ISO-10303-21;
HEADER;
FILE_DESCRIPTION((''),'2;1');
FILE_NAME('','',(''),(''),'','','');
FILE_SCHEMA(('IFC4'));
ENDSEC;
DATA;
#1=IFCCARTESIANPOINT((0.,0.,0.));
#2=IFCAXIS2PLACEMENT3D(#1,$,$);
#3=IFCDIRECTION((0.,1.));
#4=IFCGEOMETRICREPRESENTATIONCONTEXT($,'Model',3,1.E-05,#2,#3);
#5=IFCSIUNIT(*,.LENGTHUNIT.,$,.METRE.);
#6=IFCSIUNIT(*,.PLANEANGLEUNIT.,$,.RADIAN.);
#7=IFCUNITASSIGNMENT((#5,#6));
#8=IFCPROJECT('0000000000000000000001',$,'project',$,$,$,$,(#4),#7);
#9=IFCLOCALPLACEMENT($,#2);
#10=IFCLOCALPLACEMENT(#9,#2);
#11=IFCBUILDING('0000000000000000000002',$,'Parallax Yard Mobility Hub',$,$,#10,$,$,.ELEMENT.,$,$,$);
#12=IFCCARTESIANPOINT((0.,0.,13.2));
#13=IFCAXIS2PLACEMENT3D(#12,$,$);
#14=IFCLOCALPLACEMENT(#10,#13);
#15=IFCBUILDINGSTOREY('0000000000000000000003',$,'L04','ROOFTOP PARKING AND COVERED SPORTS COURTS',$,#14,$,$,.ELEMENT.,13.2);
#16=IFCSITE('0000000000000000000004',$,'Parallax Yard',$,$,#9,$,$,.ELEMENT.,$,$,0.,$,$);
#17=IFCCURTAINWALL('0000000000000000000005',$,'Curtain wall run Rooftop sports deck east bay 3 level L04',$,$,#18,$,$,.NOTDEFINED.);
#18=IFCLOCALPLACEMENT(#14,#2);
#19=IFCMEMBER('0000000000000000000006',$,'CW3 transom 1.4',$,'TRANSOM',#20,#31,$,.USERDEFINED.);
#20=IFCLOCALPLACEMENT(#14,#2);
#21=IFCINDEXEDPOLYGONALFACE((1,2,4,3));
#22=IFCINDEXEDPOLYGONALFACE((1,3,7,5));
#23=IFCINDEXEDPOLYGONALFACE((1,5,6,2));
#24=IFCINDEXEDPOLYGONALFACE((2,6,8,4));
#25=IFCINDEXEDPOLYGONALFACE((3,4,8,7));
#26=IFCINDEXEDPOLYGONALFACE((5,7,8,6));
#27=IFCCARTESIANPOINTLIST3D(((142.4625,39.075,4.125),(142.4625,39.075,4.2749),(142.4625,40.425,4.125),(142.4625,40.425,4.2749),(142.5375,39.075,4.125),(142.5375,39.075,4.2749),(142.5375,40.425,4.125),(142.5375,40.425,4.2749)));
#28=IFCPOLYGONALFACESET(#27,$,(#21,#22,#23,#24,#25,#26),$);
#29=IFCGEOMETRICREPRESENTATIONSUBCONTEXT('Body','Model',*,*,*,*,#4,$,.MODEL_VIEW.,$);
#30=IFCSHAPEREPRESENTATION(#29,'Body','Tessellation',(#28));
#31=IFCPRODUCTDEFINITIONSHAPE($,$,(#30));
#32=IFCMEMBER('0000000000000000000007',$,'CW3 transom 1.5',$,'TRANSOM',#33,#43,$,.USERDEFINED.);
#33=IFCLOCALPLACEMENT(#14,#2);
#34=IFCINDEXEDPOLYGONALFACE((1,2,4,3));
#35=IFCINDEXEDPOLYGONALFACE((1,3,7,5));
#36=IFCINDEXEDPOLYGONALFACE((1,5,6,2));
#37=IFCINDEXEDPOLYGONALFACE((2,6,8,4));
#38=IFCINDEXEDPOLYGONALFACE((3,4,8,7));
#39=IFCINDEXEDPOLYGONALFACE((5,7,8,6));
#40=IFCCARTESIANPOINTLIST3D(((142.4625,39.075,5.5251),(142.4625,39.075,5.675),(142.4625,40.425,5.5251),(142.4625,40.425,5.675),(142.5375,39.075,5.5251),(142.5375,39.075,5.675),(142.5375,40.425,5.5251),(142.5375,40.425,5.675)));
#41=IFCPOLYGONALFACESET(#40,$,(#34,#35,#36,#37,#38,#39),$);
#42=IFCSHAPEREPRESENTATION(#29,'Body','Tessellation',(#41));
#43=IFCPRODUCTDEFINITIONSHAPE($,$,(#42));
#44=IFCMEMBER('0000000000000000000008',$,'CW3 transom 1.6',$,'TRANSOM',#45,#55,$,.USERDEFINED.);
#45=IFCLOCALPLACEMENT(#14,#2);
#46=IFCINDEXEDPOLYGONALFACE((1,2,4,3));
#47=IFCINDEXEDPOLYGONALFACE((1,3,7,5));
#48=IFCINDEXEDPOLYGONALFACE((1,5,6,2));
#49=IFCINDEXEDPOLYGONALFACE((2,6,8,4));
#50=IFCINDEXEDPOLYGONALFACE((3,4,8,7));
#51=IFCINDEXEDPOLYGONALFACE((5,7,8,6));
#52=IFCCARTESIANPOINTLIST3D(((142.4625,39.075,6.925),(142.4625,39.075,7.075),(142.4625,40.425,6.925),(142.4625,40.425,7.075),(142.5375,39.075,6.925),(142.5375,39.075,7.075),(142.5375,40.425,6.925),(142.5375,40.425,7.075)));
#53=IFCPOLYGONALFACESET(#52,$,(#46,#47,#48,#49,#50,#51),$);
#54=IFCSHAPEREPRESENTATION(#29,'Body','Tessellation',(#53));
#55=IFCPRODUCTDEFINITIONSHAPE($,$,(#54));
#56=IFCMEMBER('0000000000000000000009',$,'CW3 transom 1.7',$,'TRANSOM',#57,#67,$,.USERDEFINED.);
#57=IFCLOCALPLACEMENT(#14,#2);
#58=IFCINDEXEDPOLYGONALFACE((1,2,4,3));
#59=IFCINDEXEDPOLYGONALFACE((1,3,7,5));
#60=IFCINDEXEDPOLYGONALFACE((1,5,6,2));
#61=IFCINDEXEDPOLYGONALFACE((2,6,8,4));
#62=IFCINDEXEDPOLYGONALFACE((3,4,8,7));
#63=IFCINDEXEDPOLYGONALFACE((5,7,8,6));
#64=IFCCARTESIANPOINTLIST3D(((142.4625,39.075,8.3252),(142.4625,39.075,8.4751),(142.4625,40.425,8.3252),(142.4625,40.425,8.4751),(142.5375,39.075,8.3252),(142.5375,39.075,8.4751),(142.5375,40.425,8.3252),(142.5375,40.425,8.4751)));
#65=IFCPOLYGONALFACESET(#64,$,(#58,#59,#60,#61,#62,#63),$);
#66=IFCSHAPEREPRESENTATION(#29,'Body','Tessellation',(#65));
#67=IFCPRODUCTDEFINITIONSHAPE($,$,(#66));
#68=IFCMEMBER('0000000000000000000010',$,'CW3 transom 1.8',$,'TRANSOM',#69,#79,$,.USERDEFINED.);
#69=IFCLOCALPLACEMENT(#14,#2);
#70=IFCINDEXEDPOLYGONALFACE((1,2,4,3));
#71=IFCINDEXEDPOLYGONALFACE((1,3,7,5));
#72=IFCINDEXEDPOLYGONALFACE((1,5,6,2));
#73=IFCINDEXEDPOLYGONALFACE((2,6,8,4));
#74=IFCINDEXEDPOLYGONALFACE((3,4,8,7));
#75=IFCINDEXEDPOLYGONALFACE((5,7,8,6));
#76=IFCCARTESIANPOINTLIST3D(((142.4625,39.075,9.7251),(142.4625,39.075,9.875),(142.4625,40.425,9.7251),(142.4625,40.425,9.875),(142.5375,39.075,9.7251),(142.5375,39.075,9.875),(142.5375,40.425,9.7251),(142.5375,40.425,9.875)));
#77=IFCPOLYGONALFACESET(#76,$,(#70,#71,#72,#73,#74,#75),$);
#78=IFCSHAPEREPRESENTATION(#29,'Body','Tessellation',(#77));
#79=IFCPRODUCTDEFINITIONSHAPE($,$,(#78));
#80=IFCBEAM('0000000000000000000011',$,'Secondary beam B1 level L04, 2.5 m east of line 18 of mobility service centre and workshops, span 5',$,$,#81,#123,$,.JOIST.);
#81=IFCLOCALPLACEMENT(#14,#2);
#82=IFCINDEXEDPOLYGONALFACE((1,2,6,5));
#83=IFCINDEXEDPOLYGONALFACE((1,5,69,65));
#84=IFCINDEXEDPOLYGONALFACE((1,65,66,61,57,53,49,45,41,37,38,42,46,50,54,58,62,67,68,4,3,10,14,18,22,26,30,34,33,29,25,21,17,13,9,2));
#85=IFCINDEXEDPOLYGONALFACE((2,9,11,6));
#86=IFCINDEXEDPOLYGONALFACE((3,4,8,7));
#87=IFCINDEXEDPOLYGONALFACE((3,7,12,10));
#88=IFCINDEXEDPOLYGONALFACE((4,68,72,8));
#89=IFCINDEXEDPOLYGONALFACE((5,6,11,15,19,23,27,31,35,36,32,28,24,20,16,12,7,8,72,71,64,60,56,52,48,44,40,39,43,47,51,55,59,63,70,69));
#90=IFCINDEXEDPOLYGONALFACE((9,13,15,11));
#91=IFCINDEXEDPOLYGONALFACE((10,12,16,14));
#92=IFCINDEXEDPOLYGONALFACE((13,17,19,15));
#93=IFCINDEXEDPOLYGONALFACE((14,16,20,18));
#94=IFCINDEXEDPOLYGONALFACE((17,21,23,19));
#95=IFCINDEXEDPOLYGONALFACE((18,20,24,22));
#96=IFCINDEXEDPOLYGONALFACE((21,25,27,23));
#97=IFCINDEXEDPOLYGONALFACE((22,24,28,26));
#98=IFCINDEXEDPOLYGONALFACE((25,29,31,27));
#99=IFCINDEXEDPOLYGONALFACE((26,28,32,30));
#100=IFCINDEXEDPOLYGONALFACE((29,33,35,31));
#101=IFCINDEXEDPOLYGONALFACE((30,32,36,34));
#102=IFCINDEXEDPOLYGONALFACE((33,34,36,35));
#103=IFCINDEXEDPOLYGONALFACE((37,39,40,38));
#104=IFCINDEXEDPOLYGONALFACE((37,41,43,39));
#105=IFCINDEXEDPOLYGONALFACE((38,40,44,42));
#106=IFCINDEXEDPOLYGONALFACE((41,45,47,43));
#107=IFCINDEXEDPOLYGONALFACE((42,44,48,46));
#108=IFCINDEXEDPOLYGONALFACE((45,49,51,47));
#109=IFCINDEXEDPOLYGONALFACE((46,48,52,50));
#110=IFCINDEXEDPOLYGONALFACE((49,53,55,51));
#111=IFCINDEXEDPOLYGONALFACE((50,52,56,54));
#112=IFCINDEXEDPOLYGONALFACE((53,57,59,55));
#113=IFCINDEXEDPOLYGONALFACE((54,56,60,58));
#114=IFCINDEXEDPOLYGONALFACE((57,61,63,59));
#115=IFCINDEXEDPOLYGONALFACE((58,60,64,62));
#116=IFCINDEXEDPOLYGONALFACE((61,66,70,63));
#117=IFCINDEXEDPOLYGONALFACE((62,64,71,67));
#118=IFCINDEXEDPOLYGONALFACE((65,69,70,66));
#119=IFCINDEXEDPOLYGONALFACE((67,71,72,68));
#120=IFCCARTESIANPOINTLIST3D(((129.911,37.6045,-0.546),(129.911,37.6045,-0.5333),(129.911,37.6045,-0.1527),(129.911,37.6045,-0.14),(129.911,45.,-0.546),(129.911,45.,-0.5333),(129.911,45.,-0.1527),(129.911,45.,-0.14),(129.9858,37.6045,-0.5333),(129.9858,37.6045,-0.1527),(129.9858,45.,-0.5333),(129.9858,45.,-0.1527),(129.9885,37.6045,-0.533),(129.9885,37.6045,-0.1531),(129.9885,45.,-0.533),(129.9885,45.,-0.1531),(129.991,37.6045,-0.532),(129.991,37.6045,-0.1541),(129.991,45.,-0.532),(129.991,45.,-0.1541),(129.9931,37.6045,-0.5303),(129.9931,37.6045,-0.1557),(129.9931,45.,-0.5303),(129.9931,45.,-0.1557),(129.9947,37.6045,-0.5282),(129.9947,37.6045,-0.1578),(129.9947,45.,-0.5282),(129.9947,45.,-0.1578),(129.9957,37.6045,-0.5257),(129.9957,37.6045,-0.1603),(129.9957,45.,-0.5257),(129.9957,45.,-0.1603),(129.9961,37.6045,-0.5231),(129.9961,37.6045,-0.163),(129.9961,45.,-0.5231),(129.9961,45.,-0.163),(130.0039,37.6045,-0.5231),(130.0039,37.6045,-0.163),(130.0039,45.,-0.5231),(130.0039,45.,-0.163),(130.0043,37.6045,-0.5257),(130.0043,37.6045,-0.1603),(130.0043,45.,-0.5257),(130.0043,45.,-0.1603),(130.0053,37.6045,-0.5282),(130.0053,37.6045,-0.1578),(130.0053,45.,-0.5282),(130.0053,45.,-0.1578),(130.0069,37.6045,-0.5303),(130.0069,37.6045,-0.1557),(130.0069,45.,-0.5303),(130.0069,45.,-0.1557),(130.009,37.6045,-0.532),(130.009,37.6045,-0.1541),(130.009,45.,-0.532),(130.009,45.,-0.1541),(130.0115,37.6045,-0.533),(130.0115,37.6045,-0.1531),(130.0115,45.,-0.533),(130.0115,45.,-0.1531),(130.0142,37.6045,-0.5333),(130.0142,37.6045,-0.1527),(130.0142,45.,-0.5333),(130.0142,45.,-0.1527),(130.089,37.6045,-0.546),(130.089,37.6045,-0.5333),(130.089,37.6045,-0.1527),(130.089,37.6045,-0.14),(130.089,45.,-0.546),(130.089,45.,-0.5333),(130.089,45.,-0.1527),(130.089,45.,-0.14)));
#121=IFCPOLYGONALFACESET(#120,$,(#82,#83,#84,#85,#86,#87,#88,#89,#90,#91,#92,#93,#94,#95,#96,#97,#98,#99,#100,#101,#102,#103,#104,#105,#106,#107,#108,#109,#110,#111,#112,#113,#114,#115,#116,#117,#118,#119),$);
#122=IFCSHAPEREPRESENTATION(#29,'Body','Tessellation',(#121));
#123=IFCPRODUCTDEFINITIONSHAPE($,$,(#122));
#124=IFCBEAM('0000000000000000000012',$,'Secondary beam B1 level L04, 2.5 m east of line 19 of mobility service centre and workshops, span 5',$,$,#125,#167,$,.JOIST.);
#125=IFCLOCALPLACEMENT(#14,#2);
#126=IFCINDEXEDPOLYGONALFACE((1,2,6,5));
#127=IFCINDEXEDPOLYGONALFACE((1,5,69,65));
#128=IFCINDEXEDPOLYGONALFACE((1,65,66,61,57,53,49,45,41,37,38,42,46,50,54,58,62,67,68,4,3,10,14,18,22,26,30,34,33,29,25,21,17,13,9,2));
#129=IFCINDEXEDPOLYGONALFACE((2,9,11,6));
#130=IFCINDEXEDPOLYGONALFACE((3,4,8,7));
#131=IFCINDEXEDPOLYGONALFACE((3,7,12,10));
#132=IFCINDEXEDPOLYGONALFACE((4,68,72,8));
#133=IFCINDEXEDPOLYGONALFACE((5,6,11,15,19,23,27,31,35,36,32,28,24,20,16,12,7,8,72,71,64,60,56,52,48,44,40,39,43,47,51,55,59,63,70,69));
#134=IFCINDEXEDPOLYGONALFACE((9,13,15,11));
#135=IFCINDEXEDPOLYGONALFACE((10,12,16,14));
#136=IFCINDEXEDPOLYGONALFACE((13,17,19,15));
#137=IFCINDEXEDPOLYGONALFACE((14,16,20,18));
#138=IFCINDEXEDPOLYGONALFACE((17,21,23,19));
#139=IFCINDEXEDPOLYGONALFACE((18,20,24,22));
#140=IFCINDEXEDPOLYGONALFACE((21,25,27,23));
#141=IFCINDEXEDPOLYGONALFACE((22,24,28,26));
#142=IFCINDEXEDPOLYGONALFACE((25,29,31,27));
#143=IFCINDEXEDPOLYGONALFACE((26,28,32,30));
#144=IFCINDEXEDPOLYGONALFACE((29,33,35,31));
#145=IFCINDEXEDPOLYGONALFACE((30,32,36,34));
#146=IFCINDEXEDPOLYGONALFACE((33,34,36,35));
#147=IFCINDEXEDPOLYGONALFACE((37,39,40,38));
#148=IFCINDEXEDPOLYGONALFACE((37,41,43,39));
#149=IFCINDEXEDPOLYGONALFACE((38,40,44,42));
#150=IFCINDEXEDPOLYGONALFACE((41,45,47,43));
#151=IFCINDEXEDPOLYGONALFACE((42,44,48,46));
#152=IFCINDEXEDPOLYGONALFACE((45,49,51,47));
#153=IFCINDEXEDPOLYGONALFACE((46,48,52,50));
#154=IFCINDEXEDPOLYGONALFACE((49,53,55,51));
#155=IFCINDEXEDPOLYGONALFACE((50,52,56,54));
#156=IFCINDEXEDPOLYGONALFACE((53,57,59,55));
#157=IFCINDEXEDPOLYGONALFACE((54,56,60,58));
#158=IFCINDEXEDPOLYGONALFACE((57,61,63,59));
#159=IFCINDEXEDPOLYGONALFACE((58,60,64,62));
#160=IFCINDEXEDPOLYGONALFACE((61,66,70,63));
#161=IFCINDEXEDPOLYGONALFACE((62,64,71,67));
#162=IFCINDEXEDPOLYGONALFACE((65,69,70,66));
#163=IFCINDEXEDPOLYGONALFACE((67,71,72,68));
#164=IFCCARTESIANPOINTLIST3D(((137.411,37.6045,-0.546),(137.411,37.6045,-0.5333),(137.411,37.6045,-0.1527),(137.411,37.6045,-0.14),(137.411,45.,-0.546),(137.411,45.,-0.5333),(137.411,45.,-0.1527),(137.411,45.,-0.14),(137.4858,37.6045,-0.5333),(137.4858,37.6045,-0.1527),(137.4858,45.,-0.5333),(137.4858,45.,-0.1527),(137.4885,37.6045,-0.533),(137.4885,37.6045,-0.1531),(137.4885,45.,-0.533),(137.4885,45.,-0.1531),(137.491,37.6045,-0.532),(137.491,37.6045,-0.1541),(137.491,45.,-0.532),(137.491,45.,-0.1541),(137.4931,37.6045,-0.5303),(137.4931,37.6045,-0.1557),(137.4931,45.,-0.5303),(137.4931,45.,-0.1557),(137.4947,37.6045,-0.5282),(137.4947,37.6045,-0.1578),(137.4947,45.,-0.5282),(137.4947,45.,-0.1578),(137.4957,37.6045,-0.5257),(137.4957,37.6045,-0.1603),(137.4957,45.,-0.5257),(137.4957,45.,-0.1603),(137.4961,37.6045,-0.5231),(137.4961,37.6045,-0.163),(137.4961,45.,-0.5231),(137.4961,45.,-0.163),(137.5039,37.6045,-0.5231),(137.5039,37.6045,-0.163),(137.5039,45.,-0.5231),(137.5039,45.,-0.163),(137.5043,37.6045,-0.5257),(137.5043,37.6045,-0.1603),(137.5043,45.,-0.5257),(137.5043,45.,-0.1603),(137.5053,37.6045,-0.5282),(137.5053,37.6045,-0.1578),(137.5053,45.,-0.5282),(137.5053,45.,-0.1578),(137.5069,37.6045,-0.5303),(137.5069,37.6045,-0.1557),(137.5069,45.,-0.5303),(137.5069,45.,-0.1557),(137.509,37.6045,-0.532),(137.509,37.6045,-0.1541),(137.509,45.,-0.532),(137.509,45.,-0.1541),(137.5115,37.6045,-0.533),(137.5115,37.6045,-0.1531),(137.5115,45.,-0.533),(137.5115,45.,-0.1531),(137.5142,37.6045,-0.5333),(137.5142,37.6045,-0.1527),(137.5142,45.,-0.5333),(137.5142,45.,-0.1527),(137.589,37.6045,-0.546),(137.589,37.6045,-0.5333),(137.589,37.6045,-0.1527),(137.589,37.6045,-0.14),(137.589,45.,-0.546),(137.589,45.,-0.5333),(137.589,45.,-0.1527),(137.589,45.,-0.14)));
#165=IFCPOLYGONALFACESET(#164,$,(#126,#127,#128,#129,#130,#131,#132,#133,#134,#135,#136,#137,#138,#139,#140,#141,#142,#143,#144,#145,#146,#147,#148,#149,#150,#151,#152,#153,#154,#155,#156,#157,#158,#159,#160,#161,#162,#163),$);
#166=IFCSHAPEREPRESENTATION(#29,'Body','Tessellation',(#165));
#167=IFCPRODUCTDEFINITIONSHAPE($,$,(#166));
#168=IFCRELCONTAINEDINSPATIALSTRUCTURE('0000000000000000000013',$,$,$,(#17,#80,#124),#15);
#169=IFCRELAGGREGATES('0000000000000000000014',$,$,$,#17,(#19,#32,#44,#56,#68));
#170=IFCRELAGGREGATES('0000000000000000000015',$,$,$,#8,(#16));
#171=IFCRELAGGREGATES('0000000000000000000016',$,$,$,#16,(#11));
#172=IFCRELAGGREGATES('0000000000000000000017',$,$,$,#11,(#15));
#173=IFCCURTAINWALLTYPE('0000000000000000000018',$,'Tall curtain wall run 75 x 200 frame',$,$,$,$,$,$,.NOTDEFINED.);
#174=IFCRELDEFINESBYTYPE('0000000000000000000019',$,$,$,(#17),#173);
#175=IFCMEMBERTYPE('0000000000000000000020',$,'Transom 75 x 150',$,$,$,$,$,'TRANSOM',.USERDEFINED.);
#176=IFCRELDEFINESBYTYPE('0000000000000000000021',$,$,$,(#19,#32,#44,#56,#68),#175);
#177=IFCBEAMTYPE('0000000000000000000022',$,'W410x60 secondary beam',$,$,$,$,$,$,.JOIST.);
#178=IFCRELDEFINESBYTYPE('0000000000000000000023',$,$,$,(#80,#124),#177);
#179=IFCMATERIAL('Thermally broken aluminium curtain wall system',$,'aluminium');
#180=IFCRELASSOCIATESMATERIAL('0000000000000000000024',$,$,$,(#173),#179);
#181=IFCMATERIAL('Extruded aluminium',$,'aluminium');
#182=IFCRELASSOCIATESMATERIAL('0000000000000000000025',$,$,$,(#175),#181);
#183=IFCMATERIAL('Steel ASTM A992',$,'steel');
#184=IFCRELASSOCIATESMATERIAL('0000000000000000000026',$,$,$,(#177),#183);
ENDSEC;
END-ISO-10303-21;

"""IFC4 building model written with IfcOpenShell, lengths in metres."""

from ifc_helpers import new_model, si_unit, direction, frame, origin, origin_2d, place, context, subcontext, project, spatial, rectangle, i_section, extrude, material, material_profile, profile_set, type_object, element, aggregate, save


model = new_model("IFC4")

# Units and contexts
model_context = context("Model", 3, precision=1e-05, world=origin(), true_north=direction((0.0, 1.0)))
body_context = subcontext(model_context, "Body", "Model", "MODEL_VIEW")
ifc_project = project(units=[si_unit("LENGTHUNIT", "METRE"), si_unit("PLANEANGLEUNIT", "RADIAN")], contexts=[model_context])

# Site, building, storey
site_placement = place(None, origin())
site = spatial("IfcSite", under=ifc_project, at=site_placement, Name="Parallax Yard", CompositionType="ELEMENT", RefElevation=0.0)
building_placement = place(site_placement, origin())
building = spatial("IfcBuilding", under=site, at=building_placement, Name="Parallax Yard Mobility Hub", CompositionType="ELEMENT")
storey_placement = place(building_placement, frame((0.0, 0.0, 13.2)))
storey = spatial("IfcBuildingStorey", under=building, at=storey_placement, Name="L04", Description="ROOFTOP PARKING AND COVERED SPORTS COURTS", CompositionType="ELEMENT", Elevation=13.2)

# Shared definitions
ifc_material_1 = material(Name="Steel ASTM A992", Category="steel")

# Curtain wall
ifc_material_2 = material(Name="Thermally broken aluminium curtain wall system", Category="aluminium")
curtain_wall_type_1 = type_object("IfcCurtainWallType", Name="Tall curtain wall run 75 x 200 frame", PredefinedType="NOTDEFINED", material=ifc_material_2)
curtain_wall_1_placement = place(storey_placement, origin())
curtain_wall_1 = element("IfcCurtainWall", 1, at=curtain_wall_1_placement, inside=storey, type_object=curtain_wall_type_1, Name="Curtain wall run Rooftop sports deck east bay 3 level L04", PredefinedType="NOTDEFINED")
ifc_material_3 = material(Name="Extruded aluminium", Category="aluminium")

# Members
ifc_material_profile_1 = material_profile(ifc_material_3, rectangle(XDim=0.075, YDim=0.1499, at=origin_2d()), Name="Transom 75 x 150")
ifc_profile_set_1 = profile_set([ifc_material_profile_1], Name="Extruded aluminium")
member_type_1 = type_object("IfcMemberType", Name="Transom 75 x 150", ElementType="TRANSOM", PredefinedType="USERDEFINED", material=ifc_profile_set_1)
member_1_placement = place(storey_placement, frame((142.5, 39.075, 4.2), z_axis=(0.0, 1.0, 0.0), x_axis=(-1.0, 0.0, 0.0)))
member_1 = element("IfcMember", 2, at=member_1_placement, type_object=member_type_1, Name="CW3 transom 1.4", ObjectType="TRANSOM", PredefinedType="USERDEFINED", context=body_context, shape_type="SweptSolid", body=[
    extrude(rectangle(XDim=0.075, YDim=0.1499, at=origin_2d()), origin(), (0.0, 0.0, 1.0), 1.3501),
])
member_2_placement = place(storey_placement, frame((142.5, 39.075, 5.6001), z_axis=(0.0, 1.0, 0.0), x_axis=(-1.0, 0.0, 0.0)))
member_2 = element("IfcMember", 3, at=member_2_placement, type_object=member_type_1, Name="CW3 transom 1.5", ObjectType="TRANSOM", PredefinedType="USERDEFINED", context=body_context, shape_type="SweptSolid", body=[
    extrude(rectangle(XDim=0.075, YDim=0.1499, at=origin_2d()), origin(), (0.0, 0.0, 1.0), 1.3501),
])
member_3_placement = place(storey_placement, frame((142.5, 39.075, 7.0), z_axis=(0.0, 1.0, 0.0), x_axis=(-1.0, 0.0, 0.0)))
member_3 = element("IfcMember", 4, at=member_3_placement, type_object=member_type_1, Name="CW3 transom 1.6", ObjectType="TRANSOM", PredefinedType="USERDEFINED", context=body_context, shape_type="SweptSolid", body=[
    extrude(rectangle(XDim=0.075, YDim=0.1499, at=origin_2d()), origin(), (0.0, 0.0, 1.0), 1.3501),
])
member_4_placement = place(storey_placement, frame((142.5, 39.075, 8.4001), z_axis=(0.0, 1.0, 0.0), x_axis=(-1.0, 0.0, 0.0)))
member_4 = element("IfcMember", 5, at=member_4_placement, type_object=member_type_1, Name="CW3 transom 1.7", ObjectType="TRANSOM", PredefinedType="USERDEFINED", context=body_context, shape_type="SweptSolid", body=[
    extrude(rectangle(XDim=0.075, YDim=0.1499, at=origin_2d()), origin(), (0.0, 0.0, 1.0), 1.3501),
])
member_5_placement = place(storey_placement, frame((142.5, 39.075, 9.8), z_axis=(0.0, 1.0, 0.0), x_axis=(-1.0, 0.0, 0.0)))
member_5 = element("IfcMember", 6, at=member_5_placement, type_object=member_type_1, Name="CW3 transom 1.8", ObjectType="TRANSOM", PredefinedType="USERDEFINED", context=body_context, shape_type="SweptSolid", body=[
    extrude(rectangle(XDim=0.075, YDim=0.1499, at=origin_2d()), origin(), (0.0, 0.0, 1.0), 1.3501),
])
aggregate(curtain_wall_1, [member_1, member_2, member_3, member_4, member_5])

# Beams
ifc_material_profile_2 = material_profile(ifc_material_1, i_section(OverallWidth=0.178, OverallDepth=0.406, WebThickness=0.0078, FlangeThickness=0.0127, FilletRadius=0.0103, at=origin_2d()), Name="W410x60")
ifc_profile_set_2 = profile_set([ifc_material_profile_2], Name="Steel ASTM A992")
beam_type_1 = type_object("IfcBeamType", Name="W410x60 secondary beam", PredefinedType="JOIST", material=ifc_profile_set_2)
for number, where, z_axis, x_axis, name in (
    (7, (130.0, 37.6045, -0.343), (0.0, 1.0, 0.0), (-1.0, 0.0, 0.0), "Secondary beam B1 level L04, 2.5 m east of line 18 of mobility service centre and workshops, span 5"),
    (8, (137.5, 37.6045, -0.343), (0.0, 1.0, 0.0), (-1.0, 0.0, 0.0), "Secondary beam B1 level L04, 2.5 m east of line 19 of mobility service centre and workshops, span 5"),
):
    element("IfcBeam", number, at=place(storey_placement, frame(where, z_axis=z_axis, x_axis=x_axis)), inside=storey, type_object=beam_type_1, Name=name, PredefinedType="JOIST", context=body_context, shape_type="SweptSolid", body=[
        extrude(i_section(OverallWidth=0.178, OverallDepth=0.406, WebThickness=0.0078, FlangeThickness=0.0127, FilletRadius=0.0103, at=origin_2d()), origin(), (0.0, 0.0, 1.0), 7.3955),
    ])

save(model, "model.ifc")
